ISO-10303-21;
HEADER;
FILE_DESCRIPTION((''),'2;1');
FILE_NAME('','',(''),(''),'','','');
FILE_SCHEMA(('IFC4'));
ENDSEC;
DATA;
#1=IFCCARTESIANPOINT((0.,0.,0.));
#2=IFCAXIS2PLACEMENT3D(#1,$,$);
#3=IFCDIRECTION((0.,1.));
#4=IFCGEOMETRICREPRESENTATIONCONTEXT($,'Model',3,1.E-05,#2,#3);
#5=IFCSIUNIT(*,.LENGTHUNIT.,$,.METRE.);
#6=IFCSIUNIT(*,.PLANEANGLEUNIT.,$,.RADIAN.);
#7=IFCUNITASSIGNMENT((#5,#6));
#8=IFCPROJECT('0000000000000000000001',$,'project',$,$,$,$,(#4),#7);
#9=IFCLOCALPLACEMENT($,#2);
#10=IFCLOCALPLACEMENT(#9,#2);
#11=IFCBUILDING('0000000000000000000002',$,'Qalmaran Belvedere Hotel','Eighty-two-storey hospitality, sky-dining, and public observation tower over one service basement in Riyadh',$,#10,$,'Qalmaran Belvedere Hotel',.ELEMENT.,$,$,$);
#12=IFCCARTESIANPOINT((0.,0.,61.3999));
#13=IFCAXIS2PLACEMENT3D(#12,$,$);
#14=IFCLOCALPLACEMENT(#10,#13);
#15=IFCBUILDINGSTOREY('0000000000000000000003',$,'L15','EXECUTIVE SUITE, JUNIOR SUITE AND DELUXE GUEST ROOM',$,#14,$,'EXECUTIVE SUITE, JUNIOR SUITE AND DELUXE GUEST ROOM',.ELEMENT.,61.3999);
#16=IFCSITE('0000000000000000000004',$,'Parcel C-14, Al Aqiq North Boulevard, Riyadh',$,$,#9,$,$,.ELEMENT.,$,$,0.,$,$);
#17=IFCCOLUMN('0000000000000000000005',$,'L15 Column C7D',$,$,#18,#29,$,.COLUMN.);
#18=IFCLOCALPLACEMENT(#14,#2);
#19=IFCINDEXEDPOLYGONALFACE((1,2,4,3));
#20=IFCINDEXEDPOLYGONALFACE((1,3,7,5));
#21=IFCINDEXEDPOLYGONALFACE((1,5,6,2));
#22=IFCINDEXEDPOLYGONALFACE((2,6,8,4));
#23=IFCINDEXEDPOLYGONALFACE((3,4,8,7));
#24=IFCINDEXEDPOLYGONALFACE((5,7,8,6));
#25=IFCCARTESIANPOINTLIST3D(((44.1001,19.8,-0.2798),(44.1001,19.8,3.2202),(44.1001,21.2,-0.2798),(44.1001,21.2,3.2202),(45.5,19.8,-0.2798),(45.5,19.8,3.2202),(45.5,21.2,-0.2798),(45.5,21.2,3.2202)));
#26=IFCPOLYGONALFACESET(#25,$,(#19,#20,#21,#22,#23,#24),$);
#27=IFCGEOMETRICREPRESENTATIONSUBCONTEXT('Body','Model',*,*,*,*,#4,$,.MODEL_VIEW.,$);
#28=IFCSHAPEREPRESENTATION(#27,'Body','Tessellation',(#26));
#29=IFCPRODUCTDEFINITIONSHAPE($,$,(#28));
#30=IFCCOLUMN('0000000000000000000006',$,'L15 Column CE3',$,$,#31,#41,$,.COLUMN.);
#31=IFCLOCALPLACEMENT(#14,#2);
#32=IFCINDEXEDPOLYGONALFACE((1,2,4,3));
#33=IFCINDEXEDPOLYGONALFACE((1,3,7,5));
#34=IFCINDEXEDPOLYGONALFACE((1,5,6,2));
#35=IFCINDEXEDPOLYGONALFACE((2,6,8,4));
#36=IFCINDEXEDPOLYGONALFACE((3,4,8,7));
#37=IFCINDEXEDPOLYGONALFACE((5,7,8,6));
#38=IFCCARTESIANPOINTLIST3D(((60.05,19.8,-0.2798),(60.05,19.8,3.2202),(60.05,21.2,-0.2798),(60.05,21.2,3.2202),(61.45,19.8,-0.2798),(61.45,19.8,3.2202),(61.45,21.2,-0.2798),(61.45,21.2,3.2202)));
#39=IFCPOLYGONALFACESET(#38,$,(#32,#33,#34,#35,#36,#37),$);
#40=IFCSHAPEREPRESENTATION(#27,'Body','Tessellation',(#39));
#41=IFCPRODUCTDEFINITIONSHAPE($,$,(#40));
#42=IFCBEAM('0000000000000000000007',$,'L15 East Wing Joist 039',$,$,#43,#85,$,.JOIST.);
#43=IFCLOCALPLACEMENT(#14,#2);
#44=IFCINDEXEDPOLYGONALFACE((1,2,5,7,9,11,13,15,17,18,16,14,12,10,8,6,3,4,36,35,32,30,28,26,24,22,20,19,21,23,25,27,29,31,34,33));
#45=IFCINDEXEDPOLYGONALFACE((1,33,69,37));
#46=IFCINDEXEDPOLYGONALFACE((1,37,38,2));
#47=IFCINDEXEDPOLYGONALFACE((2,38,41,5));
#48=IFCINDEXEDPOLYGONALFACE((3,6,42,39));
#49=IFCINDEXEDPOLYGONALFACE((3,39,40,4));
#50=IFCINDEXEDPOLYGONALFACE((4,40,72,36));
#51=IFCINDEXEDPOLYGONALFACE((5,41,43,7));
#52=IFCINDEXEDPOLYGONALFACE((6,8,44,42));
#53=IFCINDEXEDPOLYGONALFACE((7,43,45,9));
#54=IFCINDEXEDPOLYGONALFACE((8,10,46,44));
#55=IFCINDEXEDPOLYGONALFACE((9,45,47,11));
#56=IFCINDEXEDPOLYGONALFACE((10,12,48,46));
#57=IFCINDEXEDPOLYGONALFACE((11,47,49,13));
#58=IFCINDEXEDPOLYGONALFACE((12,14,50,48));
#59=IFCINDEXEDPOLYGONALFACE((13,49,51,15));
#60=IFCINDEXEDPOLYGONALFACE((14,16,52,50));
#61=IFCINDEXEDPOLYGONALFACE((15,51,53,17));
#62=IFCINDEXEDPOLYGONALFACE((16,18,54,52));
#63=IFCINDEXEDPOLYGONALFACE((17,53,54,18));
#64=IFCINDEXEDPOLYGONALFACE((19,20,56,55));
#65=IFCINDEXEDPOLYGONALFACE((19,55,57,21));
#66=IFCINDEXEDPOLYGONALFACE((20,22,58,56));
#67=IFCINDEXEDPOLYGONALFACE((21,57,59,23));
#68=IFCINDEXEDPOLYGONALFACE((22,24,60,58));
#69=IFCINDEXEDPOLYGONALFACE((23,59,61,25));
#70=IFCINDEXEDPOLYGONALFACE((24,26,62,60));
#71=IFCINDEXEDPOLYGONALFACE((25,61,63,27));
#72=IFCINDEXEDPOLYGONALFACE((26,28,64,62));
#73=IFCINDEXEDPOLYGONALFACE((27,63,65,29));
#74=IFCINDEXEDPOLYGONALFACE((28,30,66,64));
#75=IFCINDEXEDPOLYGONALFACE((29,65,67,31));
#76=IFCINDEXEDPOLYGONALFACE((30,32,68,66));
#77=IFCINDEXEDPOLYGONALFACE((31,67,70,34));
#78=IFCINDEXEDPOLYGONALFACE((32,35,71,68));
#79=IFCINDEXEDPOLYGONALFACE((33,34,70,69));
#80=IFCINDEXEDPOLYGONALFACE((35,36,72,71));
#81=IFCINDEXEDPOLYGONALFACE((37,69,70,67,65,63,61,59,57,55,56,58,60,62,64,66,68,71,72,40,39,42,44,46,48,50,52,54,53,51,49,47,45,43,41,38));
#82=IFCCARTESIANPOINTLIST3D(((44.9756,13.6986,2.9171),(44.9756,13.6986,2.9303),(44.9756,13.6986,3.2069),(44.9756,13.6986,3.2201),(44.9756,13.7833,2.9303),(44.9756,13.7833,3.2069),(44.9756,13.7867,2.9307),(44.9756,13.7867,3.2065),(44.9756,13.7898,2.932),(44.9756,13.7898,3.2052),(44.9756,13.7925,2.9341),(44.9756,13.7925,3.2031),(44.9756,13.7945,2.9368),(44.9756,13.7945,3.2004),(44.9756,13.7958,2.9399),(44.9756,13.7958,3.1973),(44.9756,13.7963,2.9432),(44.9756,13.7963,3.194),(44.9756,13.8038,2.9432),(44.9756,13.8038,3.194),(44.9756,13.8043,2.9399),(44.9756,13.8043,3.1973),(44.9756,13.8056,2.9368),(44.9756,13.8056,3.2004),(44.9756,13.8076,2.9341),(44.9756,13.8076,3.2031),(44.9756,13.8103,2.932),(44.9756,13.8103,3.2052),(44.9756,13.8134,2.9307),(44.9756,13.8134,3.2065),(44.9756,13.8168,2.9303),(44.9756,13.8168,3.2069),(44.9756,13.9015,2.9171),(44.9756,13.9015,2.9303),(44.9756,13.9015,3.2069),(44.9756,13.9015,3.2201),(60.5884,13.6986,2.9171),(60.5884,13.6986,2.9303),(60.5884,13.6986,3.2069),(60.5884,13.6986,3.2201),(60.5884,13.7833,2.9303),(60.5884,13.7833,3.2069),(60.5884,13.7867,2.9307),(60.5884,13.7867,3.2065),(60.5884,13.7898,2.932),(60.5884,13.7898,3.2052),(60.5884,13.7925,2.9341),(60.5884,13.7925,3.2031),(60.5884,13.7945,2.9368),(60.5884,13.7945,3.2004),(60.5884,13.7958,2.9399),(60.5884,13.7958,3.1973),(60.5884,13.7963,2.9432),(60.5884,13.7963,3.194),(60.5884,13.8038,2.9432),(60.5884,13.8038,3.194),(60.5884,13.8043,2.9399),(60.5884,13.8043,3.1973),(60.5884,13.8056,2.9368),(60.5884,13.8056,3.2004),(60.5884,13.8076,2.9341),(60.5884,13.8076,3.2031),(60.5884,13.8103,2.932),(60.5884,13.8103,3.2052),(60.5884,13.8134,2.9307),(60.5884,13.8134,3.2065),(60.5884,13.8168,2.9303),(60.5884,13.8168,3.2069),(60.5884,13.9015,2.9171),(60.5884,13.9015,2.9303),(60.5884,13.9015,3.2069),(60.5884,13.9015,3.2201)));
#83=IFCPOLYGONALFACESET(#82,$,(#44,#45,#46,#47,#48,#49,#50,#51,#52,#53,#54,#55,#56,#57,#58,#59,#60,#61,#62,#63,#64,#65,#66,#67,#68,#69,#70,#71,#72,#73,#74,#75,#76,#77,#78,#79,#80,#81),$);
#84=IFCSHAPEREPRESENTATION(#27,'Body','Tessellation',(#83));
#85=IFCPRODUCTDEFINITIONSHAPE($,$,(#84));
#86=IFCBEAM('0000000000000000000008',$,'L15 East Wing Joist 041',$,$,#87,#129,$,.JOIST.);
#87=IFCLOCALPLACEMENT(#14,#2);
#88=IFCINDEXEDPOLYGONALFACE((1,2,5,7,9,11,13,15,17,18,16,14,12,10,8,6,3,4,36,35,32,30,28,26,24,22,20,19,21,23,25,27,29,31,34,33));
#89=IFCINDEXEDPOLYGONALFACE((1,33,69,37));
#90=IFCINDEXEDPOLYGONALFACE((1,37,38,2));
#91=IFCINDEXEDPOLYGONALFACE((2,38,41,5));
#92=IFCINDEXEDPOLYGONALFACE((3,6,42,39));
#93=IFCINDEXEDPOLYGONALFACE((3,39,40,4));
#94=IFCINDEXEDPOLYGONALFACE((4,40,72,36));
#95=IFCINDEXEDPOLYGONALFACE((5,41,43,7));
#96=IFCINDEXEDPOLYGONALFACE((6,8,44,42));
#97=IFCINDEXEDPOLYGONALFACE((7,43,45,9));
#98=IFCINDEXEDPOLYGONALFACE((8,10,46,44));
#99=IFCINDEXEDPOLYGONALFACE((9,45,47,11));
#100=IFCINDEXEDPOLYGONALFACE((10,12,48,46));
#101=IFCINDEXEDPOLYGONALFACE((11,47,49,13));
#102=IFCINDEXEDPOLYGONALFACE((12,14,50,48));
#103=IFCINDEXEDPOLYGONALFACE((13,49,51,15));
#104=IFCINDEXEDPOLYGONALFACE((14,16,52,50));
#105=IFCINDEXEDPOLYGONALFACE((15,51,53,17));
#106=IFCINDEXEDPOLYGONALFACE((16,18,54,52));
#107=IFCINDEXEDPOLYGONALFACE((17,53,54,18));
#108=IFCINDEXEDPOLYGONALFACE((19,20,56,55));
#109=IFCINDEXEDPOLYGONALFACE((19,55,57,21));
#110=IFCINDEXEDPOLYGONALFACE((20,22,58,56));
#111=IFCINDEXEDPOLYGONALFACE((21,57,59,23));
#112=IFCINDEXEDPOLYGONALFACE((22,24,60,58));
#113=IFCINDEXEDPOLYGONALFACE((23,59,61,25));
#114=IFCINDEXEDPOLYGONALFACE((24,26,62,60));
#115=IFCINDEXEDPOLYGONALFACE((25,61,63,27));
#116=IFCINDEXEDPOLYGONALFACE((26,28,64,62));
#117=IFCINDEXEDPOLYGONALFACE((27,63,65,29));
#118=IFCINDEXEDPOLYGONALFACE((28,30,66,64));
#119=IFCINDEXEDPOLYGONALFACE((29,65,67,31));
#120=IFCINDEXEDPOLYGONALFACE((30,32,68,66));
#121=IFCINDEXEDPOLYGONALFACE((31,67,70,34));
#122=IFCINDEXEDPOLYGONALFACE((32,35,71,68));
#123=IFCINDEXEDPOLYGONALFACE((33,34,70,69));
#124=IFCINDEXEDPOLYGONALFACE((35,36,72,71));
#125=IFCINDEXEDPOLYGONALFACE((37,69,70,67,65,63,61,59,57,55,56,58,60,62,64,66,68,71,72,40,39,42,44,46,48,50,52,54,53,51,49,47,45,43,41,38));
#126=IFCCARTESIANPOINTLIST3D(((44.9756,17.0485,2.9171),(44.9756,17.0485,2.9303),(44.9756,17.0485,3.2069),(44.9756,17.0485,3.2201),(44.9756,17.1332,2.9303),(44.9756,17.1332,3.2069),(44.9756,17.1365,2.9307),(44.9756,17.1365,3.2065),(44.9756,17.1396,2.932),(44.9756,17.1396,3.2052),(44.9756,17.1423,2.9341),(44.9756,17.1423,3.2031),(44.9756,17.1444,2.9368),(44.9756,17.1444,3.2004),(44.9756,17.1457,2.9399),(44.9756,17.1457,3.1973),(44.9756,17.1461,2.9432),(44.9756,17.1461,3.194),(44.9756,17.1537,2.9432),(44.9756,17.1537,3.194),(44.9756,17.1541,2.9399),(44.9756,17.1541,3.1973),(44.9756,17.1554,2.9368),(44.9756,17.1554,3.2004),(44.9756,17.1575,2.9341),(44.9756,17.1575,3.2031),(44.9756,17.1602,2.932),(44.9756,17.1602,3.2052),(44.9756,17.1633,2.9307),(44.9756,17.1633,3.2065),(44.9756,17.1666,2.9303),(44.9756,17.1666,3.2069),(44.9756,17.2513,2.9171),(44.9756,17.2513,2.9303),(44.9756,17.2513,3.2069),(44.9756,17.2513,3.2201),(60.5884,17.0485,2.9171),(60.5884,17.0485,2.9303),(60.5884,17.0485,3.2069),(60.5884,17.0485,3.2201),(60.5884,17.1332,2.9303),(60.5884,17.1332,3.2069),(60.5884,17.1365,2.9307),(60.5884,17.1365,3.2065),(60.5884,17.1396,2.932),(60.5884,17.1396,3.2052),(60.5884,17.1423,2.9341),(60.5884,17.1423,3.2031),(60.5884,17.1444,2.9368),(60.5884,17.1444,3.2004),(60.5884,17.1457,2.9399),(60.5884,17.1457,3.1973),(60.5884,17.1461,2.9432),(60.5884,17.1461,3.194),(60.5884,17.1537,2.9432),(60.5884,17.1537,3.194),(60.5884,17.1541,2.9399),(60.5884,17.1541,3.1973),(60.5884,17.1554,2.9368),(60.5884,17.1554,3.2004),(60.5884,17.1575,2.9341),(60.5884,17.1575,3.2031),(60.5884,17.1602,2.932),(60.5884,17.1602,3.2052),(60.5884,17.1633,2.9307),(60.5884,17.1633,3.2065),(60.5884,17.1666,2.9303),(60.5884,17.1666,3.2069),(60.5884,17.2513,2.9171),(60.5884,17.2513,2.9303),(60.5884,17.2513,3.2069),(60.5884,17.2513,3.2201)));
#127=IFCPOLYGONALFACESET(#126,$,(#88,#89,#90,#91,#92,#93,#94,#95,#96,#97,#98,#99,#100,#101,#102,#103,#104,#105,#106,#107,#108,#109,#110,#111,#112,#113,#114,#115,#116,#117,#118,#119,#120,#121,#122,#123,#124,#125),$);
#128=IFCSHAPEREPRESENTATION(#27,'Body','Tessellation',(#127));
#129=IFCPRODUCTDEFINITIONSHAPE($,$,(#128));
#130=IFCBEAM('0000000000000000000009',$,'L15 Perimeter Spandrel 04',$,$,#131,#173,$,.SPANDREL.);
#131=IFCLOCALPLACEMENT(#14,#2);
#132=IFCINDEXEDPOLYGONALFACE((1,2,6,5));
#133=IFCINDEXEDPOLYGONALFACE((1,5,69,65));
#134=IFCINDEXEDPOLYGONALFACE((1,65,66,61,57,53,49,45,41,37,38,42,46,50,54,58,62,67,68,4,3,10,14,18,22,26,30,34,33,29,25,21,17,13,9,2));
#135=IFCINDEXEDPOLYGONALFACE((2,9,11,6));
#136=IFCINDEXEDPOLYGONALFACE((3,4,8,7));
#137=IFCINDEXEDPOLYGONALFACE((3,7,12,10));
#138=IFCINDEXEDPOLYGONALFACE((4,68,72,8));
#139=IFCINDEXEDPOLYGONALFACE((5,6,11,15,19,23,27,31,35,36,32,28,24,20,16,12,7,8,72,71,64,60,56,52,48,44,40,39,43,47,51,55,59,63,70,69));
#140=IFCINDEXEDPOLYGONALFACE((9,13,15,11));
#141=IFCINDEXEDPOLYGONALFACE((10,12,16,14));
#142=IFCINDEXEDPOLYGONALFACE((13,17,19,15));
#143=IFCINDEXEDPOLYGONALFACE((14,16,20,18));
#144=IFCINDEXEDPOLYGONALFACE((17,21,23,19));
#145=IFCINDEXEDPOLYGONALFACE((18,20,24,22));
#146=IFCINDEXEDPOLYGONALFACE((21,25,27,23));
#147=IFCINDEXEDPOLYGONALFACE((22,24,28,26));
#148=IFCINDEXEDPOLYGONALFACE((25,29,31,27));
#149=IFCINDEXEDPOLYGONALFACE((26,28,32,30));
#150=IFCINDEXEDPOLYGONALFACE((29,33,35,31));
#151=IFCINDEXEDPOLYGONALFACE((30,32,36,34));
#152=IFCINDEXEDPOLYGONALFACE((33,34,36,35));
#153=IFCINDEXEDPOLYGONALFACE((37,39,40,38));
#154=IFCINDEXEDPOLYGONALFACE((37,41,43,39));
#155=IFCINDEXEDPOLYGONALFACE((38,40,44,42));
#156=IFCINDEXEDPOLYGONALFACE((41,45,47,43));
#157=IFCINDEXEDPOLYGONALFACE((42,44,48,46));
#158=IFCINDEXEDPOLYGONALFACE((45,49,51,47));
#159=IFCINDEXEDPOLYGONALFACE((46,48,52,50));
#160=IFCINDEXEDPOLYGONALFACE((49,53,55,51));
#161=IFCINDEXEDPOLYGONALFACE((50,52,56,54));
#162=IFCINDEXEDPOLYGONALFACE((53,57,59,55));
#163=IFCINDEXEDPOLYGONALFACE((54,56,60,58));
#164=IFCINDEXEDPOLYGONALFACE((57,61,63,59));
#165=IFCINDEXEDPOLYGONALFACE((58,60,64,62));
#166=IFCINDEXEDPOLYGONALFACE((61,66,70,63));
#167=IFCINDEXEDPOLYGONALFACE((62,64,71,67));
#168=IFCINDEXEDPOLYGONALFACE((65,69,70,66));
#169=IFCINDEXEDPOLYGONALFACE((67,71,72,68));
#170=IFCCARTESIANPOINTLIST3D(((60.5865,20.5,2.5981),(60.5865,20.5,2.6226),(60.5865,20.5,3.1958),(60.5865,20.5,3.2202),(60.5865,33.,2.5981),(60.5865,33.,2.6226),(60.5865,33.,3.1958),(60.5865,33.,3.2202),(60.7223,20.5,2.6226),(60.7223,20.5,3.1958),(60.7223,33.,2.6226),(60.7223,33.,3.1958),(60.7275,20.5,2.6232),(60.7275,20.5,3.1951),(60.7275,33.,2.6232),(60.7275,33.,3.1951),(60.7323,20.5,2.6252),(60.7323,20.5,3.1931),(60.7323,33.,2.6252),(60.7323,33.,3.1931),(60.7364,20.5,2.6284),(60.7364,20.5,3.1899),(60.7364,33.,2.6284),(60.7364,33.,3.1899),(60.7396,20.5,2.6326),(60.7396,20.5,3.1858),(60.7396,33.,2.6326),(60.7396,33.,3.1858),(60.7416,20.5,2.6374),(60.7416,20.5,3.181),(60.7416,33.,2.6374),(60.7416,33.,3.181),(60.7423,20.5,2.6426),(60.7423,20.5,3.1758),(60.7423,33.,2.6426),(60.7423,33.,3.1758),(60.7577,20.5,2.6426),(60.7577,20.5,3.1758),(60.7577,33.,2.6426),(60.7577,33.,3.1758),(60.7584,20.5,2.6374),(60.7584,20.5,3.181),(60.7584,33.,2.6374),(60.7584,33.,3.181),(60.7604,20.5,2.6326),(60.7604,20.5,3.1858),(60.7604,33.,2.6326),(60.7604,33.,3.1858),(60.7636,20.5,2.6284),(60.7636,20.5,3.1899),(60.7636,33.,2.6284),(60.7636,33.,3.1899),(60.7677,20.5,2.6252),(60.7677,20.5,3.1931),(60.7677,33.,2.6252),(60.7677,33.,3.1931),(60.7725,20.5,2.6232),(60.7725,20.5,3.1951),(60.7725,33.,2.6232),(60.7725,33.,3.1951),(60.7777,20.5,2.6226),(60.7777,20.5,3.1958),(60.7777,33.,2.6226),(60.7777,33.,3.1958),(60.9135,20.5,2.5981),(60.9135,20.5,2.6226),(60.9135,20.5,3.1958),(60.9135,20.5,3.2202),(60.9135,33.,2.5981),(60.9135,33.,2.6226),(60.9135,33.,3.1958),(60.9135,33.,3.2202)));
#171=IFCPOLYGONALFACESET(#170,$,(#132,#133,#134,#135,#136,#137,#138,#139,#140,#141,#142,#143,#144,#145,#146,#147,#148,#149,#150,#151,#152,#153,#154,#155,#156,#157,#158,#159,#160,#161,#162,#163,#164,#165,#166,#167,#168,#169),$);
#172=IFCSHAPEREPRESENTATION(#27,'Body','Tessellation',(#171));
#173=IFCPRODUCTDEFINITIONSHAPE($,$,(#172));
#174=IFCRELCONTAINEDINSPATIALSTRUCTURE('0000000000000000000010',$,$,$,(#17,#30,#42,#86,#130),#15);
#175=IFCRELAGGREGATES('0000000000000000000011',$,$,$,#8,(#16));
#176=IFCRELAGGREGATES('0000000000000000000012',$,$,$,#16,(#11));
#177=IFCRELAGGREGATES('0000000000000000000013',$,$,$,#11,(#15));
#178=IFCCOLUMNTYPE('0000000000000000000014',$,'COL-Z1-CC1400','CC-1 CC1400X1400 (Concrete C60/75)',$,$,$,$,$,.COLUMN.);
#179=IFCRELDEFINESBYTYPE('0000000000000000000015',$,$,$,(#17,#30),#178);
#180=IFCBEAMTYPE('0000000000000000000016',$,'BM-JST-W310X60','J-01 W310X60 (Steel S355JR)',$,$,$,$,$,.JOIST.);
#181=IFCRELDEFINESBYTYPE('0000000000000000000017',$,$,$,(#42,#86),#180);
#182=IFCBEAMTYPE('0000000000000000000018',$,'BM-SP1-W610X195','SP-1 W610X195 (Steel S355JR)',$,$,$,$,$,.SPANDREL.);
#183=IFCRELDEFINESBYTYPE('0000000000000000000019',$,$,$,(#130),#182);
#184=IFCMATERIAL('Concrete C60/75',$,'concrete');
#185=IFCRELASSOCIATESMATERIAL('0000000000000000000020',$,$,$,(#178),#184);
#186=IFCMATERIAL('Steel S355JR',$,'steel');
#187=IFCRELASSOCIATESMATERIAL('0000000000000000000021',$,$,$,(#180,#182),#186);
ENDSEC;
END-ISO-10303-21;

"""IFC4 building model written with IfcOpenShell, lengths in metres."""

from ifc_helpers import new_model, si_unit, direction, frame, origin, origin_2d, place, context, subcontext, project, spatial, rectangle, i_section, extrude, material, material_profile, profile_set, type_object, element, save


model = new_model("IFC4")

# Units and contexts
model_context = context("Model", 3, precision=1e-05, world=origin(), true_north=direction((0.0, 1.0)))
body_context = subcontext(model_context, "Body", "Model", "MODEL_VIEW")
ifc_project = project(units=[si_unit("LENGTHUNIT", "METRE"), si_unit("PLANEANGLEUNIT", "RADIAN")], contexts=[model_context])

# Site, building, storey
site_placement = place(None, origin())
site = spatial("IfcSite", under=ifc_project, at=site_placement, Name="Parcel C-14, Al Aqiq North Boulevard, Riyadh", CompositionType="ELEMENT", RefElevation=0.0)
building_placement = place(site_placement, origin())
building = spatial("IfcBuilding", under=site, at=building_placement, Name="Qalmaran Belvedere Hotel", Description="Eighty-two-storey hospitality, sky-dining, and public observation tower over one service basement in Riyadh", LongName="Qalmaran Belvedere Hotel", CompositionType="ELEMENT")
storey_placement = place(building_placement, frame((0.0, 0.0, 61.3999)))
storey = spatial("IfcBuildingStorey", under=building, at=storey_placement, Name="L15", Description="EXECUTIVE SUITE, JUNIOR SUITE AND DELUXE GUEST ROOM", LongName="EXECUTIVE SUITE, JUNIOR SUITE AND DELUXE GUEST ROOM", CompositionType="ELEMENT", Elevation=61.3999)

# Columns
ifc_material_1 = material(Name="Concrete C60/75", Category="concrete")
ifc_material_profile_1 = material_profile(ifc_material_1, rectangle(XDim=1.3999, YDim=1.3999, at=origin_2d()), Name="CC1400X1400")
ifc_profile_set_1 = profile_set([ifc_material_profile_1], Name="Concrete C60/75")
column_type = type_object("IfcColumnType", Name="COL-Z1-CC1400", Description="CC-1 CC1400X1400 (Concrete C60/75)", PredefinedType="COLUMN", material=ifc_profile_set_1)
for number, where, z_axis, x_axis, name in (
    (1, (44.8, 20.5, -0.2798), (0.0, 0.0, 1.0), (1.0, 0.0, 0.0), "L15 Column C7D"),
    (2, (60.75, 20.5, -0.2798), (0.0, 0.0, 1.0), (1.0, 0.0, 0.0), "L15 Column CE3"),
):
    element("IfcColumn", number, at=place(storey_placement, frame(where, z_axis=z_axis, x_axis=x_axis)), inside=storey, type_object=column_type, Name=name, PredefinedType="COLUMN", context=body_context, shape_type="SweptSolid", body=[
        extrude(rectangle(XDim=1.3999, YDim=1.3999, at=origin_2d()), origin(), (0.0, 0.0, 1.0), 3.5),
    ])

# Beams
ifc_material_2 = material(Name="Steel S355JR", Category="steel")
ifc_material_profile_2 = material_profile(ifc_material_2, i_section(OverallWidth=0.2029, OverallDepth=0.303, WebThickness=0.0076, FlangeThickness=0.0132, FilletRadius=0.0129, at=origin_2d()), Name="W310X60")
ifc_profile_set_2 = profile_set([ifc_material_profile_2], Name="Steel S355JR")
beam_type_1 = type_object("IfcBeamType", Name="BM-JST-W310X60", Description="J-01 W310X60 (Steel S355JR)", PredefinedType="JOIST", material=ifc_profile_set_2)
for number, where, z_axis, x_axis, name in (
    (3, (44.9756, 13.8, 3.0686), (1.0, 0.0, 0.0), (0.0, 1.0, 0.0), "L15 East Wing Joist 039"),
    (4, (44.9756, 17.1499, 3.0686), (1.0, 0.0, 0.0), (0.0, 1.0, 0.0), "L15 East Wing Joist 041"),
):
    element("IfcBeam", number, at=place(storey_placement, frame(where, z_axis=z_axis, x_axis=x_axis)), inside=storey, type_object=beam_type_1, Name=name, PredefinedType="JOIST", context=body_context, shape_type="SweptSolid", body=[
        extrude(i_section(OverallWidth=0.2029, OverallDepth=0.303, WebThickness=0.0076, FlangeThickness=0.0132, FilletRadius=0.0129, at=origin_2d()), origin(), (0.0, 0.0, 1.0), 15.6128),
    ])
ifc_material_profile_3 = material_profile(ifc_material_2, i_section(OverallWidth=0.3269, OverallDepth=0.6221, WebThickness=0.0154, FlangeThickness=0.0244, FilletRadius=0.02, at=origin_2d()), Name="W610X195")
ifc_profile_set_3 = profile_set([ifc_material_profile_3], Name="Steel S355JR")
beam_type_2 = type_object("IfcBeamType", Name="BM-SP1-W610X195", Description="SP-1 W610X195 (Steel S355JR)", PredefinedType="SPANDREL", material=ifc_profile_set_3)
beam_1_placement = place(storey_placement, frame((60.75, 20.5, 2.9092), z_axis=(0.0, 1.0, 0.0), x_axis=(-1.0, 0.0, 0.0)))
element("IfcBeam", 5, at=beam_1_placement, inside=storey, type_object=beam_type_2, Name="L15 Perimeter Spandrel 04", PredefinedType="SPANDREL", context=body_context, shape_type="SweptSolid", body=[
    extrude(i_section(OverallWidth=0.3269, OverallDepth=0.6221, WebThickness=0.0154, FlangeThickness=0.0244, FilletRadius=0.02, at=origin_2d()), origin(), (0.0, 0.0, 1.0), 12.5),
])

save(model, "model.ifc")
